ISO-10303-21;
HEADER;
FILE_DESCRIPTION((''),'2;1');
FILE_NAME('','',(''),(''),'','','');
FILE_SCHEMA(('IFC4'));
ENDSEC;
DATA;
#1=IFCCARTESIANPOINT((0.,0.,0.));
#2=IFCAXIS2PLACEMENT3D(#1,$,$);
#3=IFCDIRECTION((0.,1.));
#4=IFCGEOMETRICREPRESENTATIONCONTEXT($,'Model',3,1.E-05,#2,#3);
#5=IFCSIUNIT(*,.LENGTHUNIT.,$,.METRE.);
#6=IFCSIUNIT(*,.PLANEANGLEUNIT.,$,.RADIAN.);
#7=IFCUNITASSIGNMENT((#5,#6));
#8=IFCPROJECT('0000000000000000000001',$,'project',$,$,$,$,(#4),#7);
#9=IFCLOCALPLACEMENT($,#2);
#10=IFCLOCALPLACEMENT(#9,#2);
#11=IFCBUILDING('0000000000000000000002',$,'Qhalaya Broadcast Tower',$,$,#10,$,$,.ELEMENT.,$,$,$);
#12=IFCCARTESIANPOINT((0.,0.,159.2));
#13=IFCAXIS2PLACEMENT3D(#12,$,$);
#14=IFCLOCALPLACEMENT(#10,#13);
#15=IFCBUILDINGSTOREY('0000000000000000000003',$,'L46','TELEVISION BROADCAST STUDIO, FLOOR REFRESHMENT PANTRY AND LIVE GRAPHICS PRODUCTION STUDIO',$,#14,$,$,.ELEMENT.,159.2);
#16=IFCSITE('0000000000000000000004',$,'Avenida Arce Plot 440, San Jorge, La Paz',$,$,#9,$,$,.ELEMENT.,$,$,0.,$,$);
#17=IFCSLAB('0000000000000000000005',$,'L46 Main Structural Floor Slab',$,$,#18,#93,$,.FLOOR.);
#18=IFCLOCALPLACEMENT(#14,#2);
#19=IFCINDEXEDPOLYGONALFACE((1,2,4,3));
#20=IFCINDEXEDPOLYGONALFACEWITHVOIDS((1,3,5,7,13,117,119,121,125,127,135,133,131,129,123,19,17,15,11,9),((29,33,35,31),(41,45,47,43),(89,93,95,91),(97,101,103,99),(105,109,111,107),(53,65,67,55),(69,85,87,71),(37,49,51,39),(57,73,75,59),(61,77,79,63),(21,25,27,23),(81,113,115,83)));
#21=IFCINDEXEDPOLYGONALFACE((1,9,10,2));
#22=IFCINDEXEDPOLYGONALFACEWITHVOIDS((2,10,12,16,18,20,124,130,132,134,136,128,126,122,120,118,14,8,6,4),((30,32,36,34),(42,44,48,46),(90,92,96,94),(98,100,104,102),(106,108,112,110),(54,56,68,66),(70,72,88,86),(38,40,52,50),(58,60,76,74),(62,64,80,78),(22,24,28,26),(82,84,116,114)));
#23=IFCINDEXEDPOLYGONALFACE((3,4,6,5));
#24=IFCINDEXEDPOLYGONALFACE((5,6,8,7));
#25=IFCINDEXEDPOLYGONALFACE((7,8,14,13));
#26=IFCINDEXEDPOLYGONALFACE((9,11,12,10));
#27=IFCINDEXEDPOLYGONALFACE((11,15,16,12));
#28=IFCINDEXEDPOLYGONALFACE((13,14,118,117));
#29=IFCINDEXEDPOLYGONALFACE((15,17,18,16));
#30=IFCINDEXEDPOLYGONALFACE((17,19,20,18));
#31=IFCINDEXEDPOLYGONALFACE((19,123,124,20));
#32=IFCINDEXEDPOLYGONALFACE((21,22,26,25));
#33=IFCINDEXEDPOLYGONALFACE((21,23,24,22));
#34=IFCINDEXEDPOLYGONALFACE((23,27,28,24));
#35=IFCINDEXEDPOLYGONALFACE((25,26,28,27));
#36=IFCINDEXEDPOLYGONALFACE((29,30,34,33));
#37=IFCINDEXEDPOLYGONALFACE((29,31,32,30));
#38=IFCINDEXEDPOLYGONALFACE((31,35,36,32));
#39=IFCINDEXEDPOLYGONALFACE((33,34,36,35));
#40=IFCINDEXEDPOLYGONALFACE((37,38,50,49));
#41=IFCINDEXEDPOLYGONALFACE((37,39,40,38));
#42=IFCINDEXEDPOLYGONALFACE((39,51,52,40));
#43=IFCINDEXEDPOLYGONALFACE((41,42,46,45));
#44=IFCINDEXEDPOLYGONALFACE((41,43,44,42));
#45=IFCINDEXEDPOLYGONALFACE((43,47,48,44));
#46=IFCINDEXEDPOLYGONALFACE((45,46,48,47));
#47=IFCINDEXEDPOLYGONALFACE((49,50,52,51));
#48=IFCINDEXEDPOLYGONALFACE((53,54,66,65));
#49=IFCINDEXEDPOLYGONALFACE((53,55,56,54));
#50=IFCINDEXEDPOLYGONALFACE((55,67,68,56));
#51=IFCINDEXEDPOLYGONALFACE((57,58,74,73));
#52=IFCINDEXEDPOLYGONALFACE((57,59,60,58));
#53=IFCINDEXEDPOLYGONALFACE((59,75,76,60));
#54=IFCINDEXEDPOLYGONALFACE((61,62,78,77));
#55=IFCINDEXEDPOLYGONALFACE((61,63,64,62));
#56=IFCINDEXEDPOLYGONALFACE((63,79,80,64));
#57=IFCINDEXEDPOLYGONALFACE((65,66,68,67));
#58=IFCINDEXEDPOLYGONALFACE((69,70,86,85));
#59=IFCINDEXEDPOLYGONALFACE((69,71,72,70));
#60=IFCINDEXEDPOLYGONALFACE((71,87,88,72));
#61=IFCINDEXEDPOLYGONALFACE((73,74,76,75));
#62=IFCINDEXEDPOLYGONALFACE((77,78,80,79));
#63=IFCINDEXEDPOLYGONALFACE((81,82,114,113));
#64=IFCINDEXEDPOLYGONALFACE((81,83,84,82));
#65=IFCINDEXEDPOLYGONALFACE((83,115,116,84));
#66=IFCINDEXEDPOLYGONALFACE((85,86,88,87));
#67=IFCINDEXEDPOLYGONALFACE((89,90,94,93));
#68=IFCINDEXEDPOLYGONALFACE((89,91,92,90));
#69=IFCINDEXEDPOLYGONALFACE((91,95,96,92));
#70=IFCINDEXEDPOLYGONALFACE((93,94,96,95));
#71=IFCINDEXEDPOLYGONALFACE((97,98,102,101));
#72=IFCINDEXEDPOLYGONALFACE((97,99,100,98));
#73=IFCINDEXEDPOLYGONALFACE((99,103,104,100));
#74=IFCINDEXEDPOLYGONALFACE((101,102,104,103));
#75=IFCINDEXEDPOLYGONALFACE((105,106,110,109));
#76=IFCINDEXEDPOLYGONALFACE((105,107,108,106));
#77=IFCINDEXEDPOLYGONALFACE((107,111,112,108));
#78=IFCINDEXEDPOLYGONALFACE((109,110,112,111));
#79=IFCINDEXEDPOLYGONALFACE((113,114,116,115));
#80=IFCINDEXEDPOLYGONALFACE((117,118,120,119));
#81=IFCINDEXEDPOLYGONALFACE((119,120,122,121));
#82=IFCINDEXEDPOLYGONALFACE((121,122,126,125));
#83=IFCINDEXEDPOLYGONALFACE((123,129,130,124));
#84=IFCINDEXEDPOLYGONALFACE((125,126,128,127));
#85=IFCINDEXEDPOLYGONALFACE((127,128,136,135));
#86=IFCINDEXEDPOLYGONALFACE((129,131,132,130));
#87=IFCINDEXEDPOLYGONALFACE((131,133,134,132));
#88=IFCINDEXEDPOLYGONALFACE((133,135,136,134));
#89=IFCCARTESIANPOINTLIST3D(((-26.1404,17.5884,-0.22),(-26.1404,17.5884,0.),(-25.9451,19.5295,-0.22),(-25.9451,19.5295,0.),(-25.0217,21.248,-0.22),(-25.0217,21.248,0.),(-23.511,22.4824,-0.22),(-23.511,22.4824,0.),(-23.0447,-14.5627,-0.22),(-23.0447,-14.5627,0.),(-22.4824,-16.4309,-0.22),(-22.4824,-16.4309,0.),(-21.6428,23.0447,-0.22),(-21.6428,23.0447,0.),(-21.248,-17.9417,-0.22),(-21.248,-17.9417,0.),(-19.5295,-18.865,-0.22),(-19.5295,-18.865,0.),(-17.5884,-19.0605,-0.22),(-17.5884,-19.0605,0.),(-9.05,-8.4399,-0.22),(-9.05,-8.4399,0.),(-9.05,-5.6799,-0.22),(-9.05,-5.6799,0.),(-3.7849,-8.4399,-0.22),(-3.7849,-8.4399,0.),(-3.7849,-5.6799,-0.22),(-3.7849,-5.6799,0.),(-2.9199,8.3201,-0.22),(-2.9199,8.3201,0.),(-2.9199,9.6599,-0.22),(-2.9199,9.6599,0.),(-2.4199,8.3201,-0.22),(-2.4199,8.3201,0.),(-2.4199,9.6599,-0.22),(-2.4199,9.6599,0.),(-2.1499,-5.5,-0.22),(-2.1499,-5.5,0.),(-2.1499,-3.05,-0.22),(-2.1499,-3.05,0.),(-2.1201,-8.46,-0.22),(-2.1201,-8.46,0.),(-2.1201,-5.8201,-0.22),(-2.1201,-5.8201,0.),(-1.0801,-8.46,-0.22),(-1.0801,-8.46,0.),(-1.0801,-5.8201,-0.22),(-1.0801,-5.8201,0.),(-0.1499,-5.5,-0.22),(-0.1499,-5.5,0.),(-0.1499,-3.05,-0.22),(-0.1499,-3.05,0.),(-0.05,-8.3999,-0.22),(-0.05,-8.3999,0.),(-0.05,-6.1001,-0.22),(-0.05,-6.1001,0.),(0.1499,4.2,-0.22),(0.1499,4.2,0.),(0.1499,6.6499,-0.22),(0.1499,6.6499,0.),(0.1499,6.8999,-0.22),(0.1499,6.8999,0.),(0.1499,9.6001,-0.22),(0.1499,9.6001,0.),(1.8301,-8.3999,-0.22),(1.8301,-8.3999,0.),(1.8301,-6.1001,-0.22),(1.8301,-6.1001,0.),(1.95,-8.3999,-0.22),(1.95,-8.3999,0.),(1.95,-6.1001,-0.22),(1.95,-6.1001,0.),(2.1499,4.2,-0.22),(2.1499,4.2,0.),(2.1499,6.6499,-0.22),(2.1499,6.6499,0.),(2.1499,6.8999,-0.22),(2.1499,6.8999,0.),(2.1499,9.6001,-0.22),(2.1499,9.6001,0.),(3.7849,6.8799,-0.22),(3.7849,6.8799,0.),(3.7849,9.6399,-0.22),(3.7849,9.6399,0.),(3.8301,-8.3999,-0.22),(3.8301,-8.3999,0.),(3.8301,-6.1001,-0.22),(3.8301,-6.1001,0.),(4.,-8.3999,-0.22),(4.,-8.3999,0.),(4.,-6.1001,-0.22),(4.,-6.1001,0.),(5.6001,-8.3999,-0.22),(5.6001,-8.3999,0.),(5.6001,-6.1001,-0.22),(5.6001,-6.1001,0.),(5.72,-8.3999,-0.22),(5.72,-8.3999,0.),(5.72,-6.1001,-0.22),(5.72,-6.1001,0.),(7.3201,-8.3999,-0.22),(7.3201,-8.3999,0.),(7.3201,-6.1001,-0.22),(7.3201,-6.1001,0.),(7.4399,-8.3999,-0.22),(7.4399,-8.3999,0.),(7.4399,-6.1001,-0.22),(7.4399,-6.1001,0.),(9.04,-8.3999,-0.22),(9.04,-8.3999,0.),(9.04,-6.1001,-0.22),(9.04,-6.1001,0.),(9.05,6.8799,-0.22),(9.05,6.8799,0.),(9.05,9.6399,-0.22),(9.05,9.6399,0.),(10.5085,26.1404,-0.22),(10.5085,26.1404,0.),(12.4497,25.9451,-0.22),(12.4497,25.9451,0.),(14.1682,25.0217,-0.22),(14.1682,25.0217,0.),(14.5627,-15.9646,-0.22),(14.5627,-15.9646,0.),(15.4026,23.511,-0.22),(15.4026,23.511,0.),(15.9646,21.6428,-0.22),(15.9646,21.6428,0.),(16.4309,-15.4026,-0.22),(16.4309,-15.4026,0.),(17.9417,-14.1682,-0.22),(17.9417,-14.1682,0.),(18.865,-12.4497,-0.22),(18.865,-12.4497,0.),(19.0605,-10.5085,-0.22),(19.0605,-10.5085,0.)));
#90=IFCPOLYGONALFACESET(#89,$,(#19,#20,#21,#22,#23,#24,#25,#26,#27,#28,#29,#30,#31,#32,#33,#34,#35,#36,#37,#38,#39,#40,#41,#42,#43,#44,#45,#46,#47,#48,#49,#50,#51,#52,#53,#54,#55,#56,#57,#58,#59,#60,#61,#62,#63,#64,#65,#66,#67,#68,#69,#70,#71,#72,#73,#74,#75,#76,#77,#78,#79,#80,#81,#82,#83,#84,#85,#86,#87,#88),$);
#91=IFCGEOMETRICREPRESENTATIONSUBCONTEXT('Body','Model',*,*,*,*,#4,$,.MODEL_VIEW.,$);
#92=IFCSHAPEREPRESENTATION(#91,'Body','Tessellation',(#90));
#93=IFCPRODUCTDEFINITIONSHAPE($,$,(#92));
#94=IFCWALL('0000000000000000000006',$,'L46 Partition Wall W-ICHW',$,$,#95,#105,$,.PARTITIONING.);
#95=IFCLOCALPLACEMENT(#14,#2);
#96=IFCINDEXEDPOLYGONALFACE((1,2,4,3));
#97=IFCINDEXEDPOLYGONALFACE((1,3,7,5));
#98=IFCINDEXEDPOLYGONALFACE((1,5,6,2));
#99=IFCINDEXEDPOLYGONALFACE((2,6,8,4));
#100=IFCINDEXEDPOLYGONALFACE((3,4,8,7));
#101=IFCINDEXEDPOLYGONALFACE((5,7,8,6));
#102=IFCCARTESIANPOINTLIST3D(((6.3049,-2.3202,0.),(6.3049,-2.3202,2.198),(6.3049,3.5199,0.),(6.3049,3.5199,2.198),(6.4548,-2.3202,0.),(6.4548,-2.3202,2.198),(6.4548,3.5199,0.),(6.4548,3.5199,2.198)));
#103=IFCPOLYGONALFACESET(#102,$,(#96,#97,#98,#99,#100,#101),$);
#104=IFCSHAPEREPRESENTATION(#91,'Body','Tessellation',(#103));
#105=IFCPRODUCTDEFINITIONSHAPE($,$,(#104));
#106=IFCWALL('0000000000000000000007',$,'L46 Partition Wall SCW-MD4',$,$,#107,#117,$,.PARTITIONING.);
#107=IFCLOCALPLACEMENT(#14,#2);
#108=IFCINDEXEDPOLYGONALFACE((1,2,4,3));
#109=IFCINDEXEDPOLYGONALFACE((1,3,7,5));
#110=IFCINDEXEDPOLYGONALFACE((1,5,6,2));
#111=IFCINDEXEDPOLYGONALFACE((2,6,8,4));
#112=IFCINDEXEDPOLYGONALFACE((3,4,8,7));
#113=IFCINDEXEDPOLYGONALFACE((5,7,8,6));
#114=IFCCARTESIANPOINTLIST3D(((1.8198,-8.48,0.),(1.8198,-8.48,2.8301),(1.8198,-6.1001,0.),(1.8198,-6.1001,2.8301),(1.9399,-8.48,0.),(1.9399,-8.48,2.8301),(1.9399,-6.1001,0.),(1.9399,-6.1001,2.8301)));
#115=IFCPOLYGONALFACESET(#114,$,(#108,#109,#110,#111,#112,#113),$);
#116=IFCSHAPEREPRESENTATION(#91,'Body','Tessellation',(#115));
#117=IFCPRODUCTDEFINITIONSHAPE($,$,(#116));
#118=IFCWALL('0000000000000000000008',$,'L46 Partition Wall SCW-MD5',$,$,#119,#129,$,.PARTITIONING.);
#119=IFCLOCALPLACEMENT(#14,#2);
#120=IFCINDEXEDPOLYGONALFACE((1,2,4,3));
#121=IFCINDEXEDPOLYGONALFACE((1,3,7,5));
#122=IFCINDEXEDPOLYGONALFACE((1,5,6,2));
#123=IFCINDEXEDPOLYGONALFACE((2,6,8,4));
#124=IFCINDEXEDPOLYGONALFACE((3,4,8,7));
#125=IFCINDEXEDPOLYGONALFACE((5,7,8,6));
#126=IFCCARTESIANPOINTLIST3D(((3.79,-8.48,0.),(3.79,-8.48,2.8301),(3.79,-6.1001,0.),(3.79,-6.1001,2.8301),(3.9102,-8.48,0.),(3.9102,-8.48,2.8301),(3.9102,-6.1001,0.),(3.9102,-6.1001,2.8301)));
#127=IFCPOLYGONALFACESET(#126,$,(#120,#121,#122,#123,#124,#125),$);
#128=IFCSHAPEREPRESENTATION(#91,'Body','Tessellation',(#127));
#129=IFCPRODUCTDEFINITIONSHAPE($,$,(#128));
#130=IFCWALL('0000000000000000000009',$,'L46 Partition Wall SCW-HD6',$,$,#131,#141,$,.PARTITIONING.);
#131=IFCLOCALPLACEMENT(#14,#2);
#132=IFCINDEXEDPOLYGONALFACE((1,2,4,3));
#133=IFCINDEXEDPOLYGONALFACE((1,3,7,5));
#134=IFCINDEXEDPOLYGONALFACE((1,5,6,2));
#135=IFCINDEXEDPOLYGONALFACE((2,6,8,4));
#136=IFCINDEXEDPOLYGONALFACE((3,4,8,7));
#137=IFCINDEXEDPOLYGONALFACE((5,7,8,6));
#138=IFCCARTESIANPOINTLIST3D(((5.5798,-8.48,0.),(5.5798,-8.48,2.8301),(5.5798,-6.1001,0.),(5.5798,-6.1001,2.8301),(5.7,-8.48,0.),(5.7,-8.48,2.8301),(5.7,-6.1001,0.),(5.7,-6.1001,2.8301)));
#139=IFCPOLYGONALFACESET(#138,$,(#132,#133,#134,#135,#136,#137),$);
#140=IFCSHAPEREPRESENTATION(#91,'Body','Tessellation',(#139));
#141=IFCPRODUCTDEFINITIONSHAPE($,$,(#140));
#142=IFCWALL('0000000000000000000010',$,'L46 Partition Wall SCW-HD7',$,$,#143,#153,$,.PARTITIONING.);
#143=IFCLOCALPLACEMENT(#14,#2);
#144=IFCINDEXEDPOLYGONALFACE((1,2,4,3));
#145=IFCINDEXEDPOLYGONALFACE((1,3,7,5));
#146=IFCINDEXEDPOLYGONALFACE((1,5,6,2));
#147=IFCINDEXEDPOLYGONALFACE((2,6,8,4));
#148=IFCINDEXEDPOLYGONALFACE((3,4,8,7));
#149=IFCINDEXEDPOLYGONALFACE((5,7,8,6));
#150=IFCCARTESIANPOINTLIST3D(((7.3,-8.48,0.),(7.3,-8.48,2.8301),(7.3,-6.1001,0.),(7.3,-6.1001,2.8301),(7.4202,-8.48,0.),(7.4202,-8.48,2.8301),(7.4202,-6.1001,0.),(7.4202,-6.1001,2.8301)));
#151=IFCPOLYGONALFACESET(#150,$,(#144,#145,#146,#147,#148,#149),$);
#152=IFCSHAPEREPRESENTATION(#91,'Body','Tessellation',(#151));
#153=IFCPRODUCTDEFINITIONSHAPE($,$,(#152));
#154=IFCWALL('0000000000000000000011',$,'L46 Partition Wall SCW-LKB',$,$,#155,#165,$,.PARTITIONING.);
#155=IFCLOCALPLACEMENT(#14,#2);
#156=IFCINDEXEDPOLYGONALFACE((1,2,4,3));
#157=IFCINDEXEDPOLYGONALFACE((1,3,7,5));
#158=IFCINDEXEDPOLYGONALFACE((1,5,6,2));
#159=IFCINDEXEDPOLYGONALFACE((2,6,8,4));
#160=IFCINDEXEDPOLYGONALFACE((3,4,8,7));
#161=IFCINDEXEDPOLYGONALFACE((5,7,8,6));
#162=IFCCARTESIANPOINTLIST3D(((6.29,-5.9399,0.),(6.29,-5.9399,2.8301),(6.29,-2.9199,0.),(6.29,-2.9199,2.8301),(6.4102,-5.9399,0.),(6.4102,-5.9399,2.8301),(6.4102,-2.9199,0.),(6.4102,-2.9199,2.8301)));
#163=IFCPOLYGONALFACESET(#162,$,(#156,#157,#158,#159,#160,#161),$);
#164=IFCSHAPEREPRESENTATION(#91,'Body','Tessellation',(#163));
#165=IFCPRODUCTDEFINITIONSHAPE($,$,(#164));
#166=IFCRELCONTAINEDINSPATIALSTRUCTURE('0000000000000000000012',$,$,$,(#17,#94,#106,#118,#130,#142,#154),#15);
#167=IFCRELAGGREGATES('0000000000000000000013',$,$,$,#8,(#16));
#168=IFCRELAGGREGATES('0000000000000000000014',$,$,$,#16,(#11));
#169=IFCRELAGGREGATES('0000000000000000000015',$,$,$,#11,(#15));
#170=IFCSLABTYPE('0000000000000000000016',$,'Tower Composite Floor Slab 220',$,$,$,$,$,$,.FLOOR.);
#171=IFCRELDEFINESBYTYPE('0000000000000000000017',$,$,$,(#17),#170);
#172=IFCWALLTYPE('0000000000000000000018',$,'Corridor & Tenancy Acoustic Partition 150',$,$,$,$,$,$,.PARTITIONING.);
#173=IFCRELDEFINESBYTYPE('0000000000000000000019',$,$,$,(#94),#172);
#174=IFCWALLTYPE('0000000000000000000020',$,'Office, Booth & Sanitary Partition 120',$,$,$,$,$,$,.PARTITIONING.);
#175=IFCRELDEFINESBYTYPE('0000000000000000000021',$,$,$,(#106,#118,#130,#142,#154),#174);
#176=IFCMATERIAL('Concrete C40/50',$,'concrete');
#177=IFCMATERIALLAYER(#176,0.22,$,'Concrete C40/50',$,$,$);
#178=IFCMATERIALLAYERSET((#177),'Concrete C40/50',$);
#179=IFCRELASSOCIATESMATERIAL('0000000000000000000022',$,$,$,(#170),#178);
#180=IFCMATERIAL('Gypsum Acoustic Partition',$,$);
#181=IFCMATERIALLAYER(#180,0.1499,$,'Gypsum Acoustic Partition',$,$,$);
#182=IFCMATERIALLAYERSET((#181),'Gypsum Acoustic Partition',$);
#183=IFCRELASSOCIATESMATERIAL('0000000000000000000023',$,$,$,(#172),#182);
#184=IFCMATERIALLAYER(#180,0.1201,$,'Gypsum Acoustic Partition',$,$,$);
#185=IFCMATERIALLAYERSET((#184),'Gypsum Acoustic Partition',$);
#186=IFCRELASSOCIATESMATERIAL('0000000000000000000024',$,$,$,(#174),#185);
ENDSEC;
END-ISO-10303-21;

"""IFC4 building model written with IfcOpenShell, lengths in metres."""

from ifc_helpers import new_model, si_unit, direction, frame, frame_2d, origin, place, context, subcontext, project, spatial, polyline, rectangle, outline, extrude, material, layer, layer_set, type_object, element, save


model = new_model("IFC4")

# Units and contexts
model_context = context("Model", 3, precision=1e-05, world=origin(), true_north=direction((0.0, 1.0)))
body_context = subcontext(model_context, "Body", "Model", "MODEL_VIEW")
ifc_project = project(units=[si_unit("LENGTHUNIT", "METRE"), si_unit("PLANEANGLEUNIT", "RADIAN")], contexts=[model_context])

# Site, building, storey
site_placement = place(None, origin())
site = spatial("IfcSite", under=ifc_project, at=site_placement, Name="Avenida Arce Plot 440, San Jorge, La Paz", CompositionType="ELEMENT", RefElevation=0.0)
building_placement = place(site_placement, origin())
building = spatial("IfcBuilding", under=site, at=building_placement, Name="Qhalaya Broadcast Tower", CompositionType="ELEMENT")
storey_placement = place(building_placement, frame((0.0, 0.0, 159.2)))
storey = spatial("IfcBuildingStorey", under=building, at=storey_placement, Name="L46", Description="TELEVISION BROADCAST STUDIO, FLOOR REFRESHMENT PANTRY AND LIVE GRAPHICS PRODUCTION STUDIO", CompositionType="ELEMENT", Elevation=159.2)

# Shared definitions
ifc_material_1 = material(Name="Concrete C40/50", Category="concrete")

# Slab
ifc_layer_1 = layer(ifc_material_1, 0.22, Name="Concrete C40/50")
ifc_layer_set_1 = layer_set([ifc_layer_1], Name="Concrete C40/50")
slab_type_1 = type_object("IfcSlabType", Name="Tower Composite Floor Slab 220", PredefinedType="FLOOR", material=ifc_layer_set_1)
slab_1_placement = place(storey_placement, frame((0.0, 0.0, -0.22)))
element("IfcSlab", 1, at=slab_1_placement, inside=storey, type_object=slab_type_1, Name="L46 Main Structural Floor Slab", PredefinedType="FLOOR", context=body_context, shape_type="SweptSolid", body=[
    extrude(outline(polyline([(14.5627, -15.9646), (16.4309, -15.4026), (17.9417, -14.1682), (18.865, -12.4497), (19.0605, -10.5085), (15.9646, 21.6428), (15.4026, 23.511), (14.1682, 25.0217), (12.4497, 25.9451), (10.5085, 26.1404), (-21.6428, 23.0447), (-23.511, 22.4824), (-25.0217, 21.248), (-25.9451, 19.5295), (-26.1404, 17.5884), (-23.0447, -14.5627), (-22.4824, -16.4309), (-21.248, -17.9417), (-19.5295, -18.865), (-17.5884, -19.0605), (14.5627, -15.9646)]), holes=[polyline([(3.7849, 9.6399), (9.05, 9.6399), (9.05, 6.8799), (3.7849, 6.8799), (3.7849, 9.6399)]), polyline([(-3.7849, -8.4399), (-9.05, -8.4399), (-9.05, -5.6799), (-3.7849, -5.6799), (-3.7849, -8.4399)]), polyline([(0.1499, 6.6499), (2.1499, 6.6499), (2.1499, 4.2), (0.1499, 4.2), (0.1499, 6.6499)]), polyline([(0.1499, 9.6001), (2.1499, 9.6001), (2.1499, 6.8999), (0.1499, 6.8999), (0.1499, 9.6001)]), polyline([(-2.1499, -3.05), (-0.1499, -3.05), (-0.1499, -5.5), (-2.1499, -5.5), (-2.1499, -3.05)]), polyline([(-0.05, -6.1001), (1.8301, -6.1001), (1.8301, -8.3999), (-0.05, -8.3999), (-0.05, -6.1001)]), polyline([(1.95, -6.1001), (3.8301, -6.1001), (3.8301, -8.3999), (1.95, -8.3999), (1.95, -6.1001)]), polyline([(4.0, -6.1001), (5.6001, -6.1001), (5.6001, -8.3999), (4.0, -8.3999), (4.0, -6.1001)]), polyline([(5.72, -6.1001), (7.3201, -6.1001), (7.3201, -8.3999), (5.72, -8.3999), (5.72, -6.1001)]), polyline([(7.4399, -6.1001), (9.04, -6.1001), (9.04, -8.3999), (7.4399, -8.3999), (7.4399, -6.1001)]), polyline([(-2.9199, 9.6599), (-2.4199, 9.6599), (-2.4199, 8.3201), (-2.9199, 8.3201), (-2.9199, 9.6599)]), polyline([(-2.1201, -5.8201), (-1.0801, -5.8201), (-1.0801, -8.46), (-2.1201, -8.46), (-2.1201, -5.8201)])]), origin(), (0.0, 0.0, 1.0), 0.22),
])

# Walls
ifc_material_2 = material(Name="Gypsum Acoustic Partition")
ifc_layer_2 = layer(ifc_material_2, 0.1499, Name="Gypsum Acoustic Partition")
ifc_layer_set_2 = layer_set([ifc_layer_2], Name="Gypsum Acoustic Partition")
wall_type_1 = type_object("IfcWallType", Name="Corridor & Tenancy Acoustic Partition 150", PredefinedType="PARTITIONING", material=ifc_layer_set_2)
wall_1_placement = place(storey_placement, frame((6.3799, -2.3201, 0.0), z_axis=(0.0, 0.0, 1.0), x_axis=(0.0, 1.0, 0.0)))
element("IfcWall", 2, at=wall_1_placement, inside=storey, type_object=wall_type_1, Name="L46 Partition Wall W-ICHW", PredefinedType="PARTITIONING", context=body_context, shape_type="SweptSolid", body=[
    extrude(rectangle(XDim=5.8401, YDim=0.1499, at=frame_2d((2.9199, 0.0))), origin(), (0.0, 0.0, 1.0), 2.198),
])
ifc_layer_3 = layer(ifc_material_2, 0.1201, Name="Gypsum Acoustic Partition")
ifc_layer_set_3 = layer_set([ifc_layer_3], Name="Gypsum Acoustic Partition")
wall_type_2 = type_object("IfcWallType", Name="Office, Booth & Sanitary Partition 120", PredefinedType="PARTITIONING", material=ifc_layer_set_3)
for number, where, z_axis, x_axis, name in (
    (3, (1.8799, -8.48, 0.0), (0.0, 0.0, 1.0), (0.0, 1.0, 0.0), "L46 Partition Wall SCW-MD4"),
    (4, (3.8501, -8.48, 0.0), (0.0, 0.0, 1.0), (0.0, 1.0, 0.0), "L46 Partition Wall SCW-MD5"),
    (5, (5.6399, -8.48, 0.0), (0.0, 0.0, 1.0), (0.0, 1.0, 0.0), "L46 Partition Wall SCW-HD6"),
    (6, (7.3601, -8.48, 0.0), (0.0, 0.0, 1.0), (0.0, 1.0, 0.0), "L46 Partition Wall SCW-HD7"),
):
    element("IfcWall", number, at=place(storey_placement, frame(where, z_axis=z_axis, x_axis=x_axis)), inside=storey, type_object=wall_type_2, Name=name, PredefinedType="PARTITIONING", context=body_context, shape_type="SweptSolid", body=[
        extrude(rectangle(XDim=2.3799, YDim=0.1201, at=frame_2d((1.1899, 0.0))), origin(), (0.0, 0.0, 1.0), 2.8301),
    ])
wall_2_placement = place(storey_placement, frame((6.3501, -5.9399, 0.0), z_axis=(0.0, 0.0, 1.0), x_axis=(0.0, 1.0, 0.0)))
element("IfcWall", 7, at=wall_2_placement, inside=storey, type_object=wall_type_2, Name="L46 Partition Wall SCW-LKB", PredefinedType="PARTITIONING", context=body_context, shape_type="SweptSolid", body=[
    extrude(rectangle(XDim=3.02, YDim=0.1201, at=frame_2d((1.51, 0.0))), origin(), (0.0, 0.0, 1.0), 2.8301),
])

save(model, "model.ifc")
